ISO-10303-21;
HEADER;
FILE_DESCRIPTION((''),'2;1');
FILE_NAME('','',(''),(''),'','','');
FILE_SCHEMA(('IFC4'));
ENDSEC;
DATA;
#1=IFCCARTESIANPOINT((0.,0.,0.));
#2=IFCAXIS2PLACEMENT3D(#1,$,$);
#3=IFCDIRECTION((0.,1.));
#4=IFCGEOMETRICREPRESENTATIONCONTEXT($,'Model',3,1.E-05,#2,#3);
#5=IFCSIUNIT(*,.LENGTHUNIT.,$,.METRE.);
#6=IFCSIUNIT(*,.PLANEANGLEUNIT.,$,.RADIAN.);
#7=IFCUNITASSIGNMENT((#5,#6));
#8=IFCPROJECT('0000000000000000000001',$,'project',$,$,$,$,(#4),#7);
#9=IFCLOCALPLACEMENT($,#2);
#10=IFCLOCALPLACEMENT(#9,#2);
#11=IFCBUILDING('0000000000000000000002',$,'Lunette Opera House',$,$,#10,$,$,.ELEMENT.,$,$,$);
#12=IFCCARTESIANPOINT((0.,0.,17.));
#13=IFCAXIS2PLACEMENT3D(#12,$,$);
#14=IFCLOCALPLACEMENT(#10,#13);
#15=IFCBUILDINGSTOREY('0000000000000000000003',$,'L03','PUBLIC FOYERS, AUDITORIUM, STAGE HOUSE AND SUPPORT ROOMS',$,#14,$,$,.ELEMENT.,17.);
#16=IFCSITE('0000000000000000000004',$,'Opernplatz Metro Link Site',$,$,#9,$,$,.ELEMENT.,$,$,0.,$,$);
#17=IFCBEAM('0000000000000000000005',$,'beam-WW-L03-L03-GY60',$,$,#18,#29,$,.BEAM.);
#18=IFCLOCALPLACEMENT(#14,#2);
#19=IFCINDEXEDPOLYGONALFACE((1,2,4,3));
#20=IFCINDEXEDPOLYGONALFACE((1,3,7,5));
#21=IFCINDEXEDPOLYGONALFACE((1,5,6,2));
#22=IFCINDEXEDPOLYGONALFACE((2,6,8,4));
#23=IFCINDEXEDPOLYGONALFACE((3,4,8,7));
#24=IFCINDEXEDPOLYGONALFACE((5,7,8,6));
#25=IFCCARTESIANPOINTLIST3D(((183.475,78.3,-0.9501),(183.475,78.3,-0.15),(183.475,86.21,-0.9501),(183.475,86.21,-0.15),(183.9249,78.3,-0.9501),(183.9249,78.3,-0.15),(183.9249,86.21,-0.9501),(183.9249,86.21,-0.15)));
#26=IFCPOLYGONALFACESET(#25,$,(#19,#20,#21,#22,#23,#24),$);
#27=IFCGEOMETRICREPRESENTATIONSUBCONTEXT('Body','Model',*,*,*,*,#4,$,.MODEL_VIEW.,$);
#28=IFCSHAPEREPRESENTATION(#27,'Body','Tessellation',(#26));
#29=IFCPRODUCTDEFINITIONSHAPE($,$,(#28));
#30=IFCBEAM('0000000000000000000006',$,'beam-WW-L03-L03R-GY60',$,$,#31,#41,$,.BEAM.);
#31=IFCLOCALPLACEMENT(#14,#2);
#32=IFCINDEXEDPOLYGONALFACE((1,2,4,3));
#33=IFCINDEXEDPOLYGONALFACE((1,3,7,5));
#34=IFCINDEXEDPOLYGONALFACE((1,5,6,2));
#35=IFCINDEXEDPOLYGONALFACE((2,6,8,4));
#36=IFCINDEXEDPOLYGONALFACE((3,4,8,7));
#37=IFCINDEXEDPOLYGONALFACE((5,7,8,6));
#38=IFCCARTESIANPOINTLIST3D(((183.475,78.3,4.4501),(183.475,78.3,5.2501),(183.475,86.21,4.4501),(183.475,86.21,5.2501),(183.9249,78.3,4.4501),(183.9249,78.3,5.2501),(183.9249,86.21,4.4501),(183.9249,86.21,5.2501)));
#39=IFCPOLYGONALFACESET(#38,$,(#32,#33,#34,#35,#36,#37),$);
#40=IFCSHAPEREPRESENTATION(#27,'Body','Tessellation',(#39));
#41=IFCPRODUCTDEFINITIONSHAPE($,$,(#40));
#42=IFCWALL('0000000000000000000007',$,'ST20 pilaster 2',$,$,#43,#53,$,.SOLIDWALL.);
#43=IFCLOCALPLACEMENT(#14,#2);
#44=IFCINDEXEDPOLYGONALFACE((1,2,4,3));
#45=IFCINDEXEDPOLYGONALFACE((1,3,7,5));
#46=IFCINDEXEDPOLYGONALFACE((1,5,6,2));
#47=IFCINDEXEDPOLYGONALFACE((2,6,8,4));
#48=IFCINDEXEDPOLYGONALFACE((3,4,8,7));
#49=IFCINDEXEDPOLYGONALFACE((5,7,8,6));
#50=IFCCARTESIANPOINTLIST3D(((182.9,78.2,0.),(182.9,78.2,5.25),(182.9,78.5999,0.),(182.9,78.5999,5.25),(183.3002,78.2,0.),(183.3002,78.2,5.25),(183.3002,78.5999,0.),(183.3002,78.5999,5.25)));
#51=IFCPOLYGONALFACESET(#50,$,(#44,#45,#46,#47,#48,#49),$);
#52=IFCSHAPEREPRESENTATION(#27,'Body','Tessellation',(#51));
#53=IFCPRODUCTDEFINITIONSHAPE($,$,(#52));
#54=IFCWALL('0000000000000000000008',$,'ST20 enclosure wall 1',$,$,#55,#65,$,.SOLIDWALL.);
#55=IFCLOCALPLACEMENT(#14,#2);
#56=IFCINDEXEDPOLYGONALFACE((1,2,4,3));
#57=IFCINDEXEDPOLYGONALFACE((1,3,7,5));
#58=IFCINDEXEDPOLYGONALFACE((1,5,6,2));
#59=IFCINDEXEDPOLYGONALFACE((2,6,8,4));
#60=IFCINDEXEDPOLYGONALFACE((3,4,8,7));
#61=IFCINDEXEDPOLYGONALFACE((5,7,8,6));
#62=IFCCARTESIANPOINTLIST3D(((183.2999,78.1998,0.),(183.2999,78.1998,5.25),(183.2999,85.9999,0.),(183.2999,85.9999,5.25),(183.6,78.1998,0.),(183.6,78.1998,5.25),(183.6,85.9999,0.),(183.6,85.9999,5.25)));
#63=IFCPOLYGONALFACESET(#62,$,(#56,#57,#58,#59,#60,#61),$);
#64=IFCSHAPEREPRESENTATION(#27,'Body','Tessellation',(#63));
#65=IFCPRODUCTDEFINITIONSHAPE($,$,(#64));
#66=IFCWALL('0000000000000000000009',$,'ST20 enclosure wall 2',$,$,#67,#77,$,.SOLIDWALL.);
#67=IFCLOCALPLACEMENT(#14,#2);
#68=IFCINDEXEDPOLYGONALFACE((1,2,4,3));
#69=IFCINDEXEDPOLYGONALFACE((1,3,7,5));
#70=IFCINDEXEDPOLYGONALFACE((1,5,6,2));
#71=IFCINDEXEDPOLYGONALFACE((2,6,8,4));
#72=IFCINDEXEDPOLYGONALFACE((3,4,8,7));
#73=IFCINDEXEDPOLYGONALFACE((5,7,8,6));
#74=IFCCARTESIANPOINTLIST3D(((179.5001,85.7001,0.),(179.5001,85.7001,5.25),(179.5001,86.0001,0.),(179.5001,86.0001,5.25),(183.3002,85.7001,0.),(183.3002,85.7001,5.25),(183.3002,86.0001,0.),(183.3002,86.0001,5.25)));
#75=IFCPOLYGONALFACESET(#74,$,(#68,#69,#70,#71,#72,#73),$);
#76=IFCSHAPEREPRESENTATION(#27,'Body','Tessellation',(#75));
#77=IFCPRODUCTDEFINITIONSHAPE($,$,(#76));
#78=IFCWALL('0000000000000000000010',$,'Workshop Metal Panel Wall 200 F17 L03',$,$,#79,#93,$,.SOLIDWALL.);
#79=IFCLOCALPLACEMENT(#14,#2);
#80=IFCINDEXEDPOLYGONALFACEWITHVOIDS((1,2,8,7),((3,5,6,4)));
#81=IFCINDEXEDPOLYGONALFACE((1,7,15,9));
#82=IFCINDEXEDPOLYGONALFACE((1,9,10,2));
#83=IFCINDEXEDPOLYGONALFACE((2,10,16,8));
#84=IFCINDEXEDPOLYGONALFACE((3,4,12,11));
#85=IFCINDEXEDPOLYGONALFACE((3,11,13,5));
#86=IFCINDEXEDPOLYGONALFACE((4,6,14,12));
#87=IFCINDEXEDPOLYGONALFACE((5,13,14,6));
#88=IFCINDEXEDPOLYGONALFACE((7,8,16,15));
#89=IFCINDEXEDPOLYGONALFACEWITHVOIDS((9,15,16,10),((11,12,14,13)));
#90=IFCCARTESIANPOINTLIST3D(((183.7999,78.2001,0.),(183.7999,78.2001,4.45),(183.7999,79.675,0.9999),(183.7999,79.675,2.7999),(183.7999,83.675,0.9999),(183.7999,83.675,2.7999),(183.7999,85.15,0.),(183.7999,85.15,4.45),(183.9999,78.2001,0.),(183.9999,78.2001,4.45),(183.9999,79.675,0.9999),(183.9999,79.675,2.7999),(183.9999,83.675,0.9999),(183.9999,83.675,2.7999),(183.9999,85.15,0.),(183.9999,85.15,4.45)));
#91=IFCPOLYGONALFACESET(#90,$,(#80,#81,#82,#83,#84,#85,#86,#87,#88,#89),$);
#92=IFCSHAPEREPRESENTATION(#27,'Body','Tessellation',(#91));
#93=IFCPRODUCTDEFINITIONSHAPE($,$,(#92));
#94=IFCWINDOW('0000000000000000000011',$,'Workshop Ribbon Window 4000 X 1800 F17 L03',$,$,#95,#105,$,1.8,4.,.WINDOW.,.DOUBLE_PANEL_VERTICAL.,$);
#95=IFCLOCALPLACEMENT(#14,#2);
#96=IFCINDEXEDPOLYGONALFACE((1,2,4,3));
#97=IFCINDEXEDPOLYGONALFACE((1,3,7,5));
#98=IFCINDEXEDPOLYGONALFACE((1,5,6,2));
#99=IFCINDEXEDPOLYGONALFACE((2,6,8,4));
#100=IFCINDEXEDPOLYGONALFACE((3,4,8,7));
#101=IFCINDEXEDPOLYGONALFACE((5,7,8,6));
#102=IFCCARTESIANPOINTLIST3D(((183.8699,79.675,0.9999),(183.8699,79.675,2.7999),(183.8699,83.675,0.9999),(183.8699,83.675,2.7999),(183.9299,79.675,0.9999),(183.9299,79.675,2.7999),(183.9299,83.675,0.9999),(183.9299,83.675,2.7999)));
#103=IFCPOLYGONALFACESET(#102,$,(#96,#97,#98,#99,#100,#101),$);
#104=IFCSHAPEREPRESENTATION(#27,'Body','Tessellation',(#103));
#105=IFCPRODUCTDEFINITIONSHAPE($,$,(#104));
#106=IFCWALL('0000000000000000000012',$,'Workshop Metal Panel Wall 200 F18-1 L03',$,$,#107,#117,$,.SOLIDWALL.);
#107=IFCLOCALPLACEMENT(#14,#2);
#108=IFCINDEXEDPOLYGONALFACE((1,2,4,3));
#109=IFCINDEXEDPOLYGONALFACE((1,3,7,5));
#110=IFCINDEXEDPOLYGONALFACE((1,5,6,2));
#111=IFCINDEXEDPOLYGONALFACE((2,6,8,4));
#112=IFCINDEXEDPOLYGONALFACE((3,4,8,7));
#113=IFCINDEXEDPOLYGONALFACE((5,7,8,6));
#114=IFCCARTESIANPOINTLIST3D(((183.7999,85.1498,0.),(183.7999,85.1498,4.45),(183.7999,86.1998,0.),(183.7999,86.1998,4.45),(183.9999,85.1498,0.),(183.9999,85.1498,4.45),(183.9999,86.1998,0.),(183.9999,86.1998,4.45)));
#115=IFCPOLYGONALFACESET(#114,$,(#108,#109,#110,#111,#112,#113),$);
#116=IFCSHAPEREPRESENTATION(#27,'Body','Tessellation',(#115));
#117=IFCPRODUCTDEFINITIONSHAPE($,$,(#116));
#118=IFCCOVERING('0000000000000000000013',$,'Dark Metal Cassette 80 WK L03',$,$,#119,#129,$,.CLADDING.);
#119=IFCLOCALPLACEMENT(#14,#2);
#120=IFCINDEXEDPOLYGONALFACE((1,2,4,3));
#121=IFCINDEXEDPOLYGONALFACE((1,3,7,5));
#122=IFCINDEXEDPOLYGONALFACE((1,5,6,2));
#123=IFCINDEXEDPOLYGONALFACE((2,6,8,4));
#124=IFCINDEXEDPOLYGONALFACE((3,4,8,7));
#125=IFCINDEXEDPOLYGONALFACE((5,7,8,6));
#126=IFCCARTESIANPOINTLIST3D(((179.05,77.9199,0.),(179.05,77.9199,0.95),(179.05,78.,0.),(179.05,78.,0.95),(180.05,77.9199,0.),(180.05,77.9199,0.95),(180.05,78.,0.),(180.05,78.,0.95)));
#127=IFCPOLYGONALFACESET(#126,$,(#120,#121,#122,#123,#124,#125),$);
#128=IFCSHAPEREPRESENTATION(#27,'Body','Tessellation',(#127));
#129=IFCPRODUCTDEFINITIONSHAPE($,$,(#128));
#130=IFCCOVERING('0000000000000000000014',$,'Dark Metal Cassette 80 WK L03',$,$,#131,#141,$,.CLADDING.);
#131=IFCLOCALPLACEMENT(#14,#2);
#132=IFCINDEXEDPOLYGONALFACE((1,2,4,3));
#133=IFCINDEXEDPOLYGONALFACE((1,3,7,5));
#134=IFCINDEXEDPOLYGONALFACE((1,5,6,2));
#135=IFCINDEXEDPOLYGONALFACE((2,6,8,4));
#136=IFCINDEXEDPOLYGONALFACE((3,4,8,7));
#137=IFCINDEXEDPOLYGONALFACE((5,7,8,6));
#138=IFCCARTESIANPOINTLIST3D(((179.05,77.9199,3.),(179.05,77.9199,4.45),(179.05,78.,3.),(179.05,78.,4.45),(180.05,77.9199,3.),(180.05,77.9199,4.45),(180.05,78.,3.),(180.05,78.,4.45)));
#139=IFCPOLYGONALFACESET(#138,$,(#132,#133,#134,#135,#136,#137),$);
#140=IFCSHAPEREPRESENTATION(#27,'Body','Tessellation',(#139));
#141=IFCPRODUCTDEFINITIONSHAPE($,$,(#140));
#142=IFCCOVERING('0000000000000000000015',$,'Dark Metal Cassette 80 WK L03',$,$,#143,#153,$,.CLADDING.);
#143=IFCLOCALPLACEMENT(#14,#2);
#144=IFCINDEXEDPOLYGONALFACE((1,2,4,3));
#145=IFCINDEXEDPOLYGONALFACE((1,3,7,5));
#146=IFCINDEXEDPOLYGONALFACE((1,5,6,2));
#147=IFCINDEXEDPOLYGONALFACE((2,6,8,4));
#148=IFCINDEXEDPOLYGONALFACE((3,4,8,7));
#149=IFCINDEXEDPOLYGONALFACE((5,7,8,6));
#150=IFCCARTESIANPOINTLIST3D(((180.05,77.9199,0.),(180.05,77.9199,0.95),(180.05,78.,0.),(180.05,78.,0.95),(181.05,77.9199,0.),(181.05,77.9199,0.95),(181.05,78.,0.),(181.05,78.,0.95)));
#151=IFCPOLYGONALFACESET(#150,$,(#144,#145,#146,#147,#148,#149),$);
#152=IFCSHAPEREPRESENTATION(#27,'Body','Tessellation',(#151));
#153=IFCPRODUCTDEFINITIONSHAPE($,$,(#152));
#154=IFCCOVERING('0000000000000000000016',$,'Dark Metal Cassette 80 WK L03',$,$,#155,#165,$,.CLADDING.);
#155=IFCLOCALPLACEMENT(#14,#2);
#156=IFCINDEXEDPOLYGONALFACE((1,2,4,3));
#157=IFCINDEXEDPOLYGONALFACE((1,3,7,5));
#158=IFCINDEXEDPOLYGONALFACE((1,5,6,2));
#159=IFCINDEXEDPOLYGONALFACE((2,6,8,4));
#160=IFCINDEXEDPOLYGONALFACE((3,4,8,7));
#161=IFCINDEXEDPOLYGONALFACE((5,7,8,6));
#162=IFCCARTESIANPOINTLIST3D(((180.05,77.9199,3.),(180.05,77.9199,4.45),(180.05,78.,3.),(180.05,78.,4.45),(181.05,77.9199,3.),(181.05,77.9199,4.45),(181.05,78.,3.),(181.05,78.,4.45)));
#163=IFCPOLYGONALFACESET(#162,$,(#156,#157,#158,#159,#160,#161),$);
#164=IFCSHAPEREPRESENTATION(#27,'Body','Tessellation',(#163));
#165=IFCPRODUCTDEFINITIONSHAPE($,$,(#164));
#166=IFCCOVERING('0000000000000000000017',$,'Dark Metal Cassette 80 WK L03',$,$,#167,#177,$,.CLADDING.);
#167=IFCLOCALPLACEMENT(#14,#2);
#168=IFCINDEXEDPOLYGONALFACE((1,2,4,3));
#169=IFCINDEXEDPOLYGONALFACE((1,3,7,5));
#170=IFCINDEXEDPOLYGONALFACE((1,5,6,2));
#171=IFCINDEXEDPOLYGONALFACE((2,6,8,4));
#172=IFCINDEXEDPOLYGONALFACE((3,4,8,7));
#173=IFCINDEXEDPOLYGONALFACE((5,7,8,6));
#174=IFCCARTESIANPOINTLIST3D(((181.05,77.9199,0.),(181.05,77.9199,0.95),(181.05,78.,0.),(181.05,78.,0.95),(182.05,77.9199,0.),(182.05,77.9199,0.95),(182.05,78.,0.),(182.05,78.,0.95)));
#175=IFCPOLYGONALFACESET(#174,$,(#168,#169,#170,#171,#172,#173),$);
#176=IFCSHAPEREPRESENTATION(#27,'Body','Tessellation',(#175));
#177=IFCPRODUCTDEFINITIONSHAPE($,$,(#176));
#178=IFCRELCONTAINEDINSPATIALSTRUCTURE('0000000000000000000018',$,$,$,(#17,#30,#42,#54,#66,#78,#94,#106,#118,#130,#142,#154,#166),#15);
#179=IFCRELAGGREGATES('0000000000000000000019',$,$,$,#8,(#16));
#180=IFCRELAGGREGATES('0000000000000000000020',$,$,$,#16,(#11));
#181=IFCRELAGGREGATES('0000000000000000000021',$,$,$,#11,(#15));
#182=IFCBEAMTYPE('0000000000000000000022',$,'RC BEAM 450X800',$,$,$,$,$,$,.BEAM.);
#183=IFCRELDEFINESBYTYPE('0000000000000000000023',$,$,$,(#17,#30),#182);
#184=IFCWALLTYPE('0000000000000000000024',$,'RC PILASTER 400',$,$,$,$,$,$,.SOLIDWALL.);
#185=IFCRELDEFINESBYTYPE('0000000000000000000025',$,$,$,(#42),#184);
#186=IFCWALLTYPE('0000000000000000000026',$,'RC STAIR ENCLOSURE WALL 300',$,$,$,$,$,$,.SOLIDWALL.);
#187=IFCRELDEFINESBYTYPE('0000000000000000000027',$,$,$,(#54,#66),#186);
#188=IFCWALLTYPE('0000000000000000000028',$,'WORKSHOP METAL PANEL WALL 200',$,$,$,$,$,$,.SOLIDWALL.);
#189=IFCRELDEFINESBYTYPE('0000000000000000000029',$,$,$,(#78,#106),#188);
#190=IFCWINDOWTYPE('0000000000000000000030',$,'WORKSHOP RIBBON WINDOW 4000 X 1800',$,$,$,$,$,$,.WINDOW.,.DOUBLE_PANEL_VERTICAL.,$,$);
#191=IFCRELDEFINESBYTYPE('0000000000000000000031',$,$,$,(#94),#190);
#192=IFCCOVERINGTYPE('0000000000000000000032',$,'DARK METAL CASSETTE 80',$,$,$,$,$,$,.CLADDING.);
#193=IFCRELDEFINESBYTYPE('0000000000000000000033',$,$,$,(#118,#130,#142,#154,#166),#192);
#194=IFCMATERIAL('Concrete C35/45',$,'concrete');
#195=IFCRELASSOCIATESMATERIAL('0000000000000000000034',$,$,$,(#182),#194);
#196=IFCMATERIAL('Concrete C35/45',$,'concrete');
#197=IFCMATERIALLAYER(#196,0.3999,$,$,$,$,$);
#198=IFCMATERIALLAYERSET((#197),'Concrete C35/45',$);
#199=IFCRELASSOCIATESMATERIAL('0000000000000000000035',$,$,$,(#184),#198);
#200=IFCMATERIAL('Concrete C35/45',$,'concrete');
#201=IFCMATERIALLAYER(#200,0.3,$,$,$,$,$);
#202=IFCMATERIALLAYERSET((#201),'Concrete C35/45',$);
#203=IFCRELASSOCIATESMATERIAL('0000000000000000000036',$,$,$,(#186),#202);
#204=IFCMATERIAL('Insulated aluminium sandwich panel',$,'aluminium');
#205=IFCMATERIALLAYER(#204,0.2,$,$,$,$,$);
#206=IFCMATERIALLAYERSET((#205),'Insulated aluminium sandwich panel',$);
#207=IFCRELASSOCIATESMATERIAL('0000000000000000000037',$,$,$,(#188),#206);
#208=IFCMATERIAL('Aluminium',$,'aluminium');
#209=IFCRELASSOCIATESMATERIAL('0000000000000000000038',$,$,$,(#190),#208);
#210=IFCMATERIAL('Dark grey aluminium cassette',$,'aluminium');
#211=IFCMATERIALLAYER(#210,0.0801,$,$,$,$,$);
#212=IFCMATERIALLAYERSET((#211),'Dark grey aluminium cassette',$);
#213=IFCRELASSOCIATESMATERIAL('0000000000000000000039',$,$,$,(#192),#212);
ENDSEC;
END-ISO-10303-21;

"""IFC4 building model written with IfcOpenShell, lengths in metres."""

from ifc_helpers import new_model, si_unit, direction, frame, frame_2d, origin, origin_2d, place, context, subcontext, project, spatial, rectangle, extrude, material, layer, layer_set, material_profile, profile_set, type_object, element, fill, save


model = new_model("IFC4")

# Units and contexts
model_context = context("Model", 3, precision=1e-05, world=origin(), true_north=direction((0.0, 1.0)))
body_context = subcontext(model_context, "Body", "Model", "MODEL_VIEW")
ifc_project = project(units=[si_unit("LENGTHUNIT", "METRE"), si_unit("PLANEANGLEUNIT", "RADIAN")], contexts=[model_context])

# Site, building, storey
site_placement = place(None, origin())
site = spatial("IfcSite", under=ifc_project, at=site_placement, Name="Opernplatz Metro Link Site", CompositionType="ELEMENT", RefElevation=0.0)
building_placement = place(site_placement, origin())
building = spatial("IfcBuilding", under=site, at=building_placement, Name="Lunette Opera House", CompositionType="ELEMENT")
storey_placement = place(building_placement, frame((0.0, 0.0, 17.0)))
storey = spatial("IfcBuildingStorey", under=building, at=storey_placement, Name="L03", Description="PUBLIC FOYERS, AUDITORIUM, STAGE HOUSE AND SUPPORT ROOMS", CompositionType="ELEMENT", Elevation=17.0)

# Beams
ifc_material_1 = material(Name="Concrete C35/45", Category="concrete")
ifc_material_profile = material_profile(ifc_material_1, rectangle(XDim=0.45, YDim=0.8, at=origin_2d()), Name="RC BEAM 450X800")
ifc_profile_set = profile_set([ifc_material_profile], Name="Concrete C35/45")
beam_type = type_object("IfcBeamType", Name="RC BEAM 450X800", PredefinedType="BEAM", material=ifc_profile_set)
for number, where, z_axis, x_axis, name in (
    (1, (183.7, 78.3, -0.55), (0.0, 1.0, 0.0), (-1.0, 0.0, 0.0), "beam-WW-L03-L03-GY60"),
    (2, (183.7, 78.3, 4.8501), (0.0, 1.0, 0.0), (-1.0, 0.0, 0.0), "beam-WW-L03-L03R-GY60"),
):
    element("IfcBeam", number, at=place(storey_placement, frame(where, z_axis=z_axis, x_axis=x_axis)), inside=storey, type_object=beam_type, Name=name, PredefinedType="BEAM", context=body_context, shape_type="SweptSolid", body=[
        extrude(rectangle(XDim=0.45, YDim=0.8, at=origin_2d()), origin(), (0.0, 0.0, 1.0), 7.9099),
    ])

# Walls
ifc_material_2 = material(Name="Concrete C35/45", Category="concrete")
ifc_layer_1 = layer(ifc_material_2, 0.3999)
ifc_layer_set_1 = layer_set([ifc_layer_1], Name="Concrete C35/45")
wall_type_1 = type_object("IfcWallType", Name="RC PILASTER 400", PredefinedType="SOLIDWALL", material=ifc_layer_set_1)
wall_1_placement = place(storey_placement, frame((182.8999, 78.3999, 0.0), z_axis=(0.0, 0.0, 1.0), x_axis=(1.0, 0.0, 0.0)))
element("IfcWall", 3, at=wall_1_placement, inside=storey, type_object=wall_type_1, Name="ST20 pilaster 2", PredefinedType="SOLIDWALL", context=body_context, shape_type="SweptSolid", body=[
    extrude(rectangle(XDim=0.4001, YDim=0.3999, at=frame_2d((0.2002, 0.0))), origin(), (0.0, 0.0, 1.0), 5.25),
])
ifc_material_3 = material(Name="Concrete C35/45", Category="concrete")
ifc_layer_2 = layer(ifc_material_3, 0.3)
ifc_layer_set_2 = layer_set([ifc_layer_2], Name="Concrete C35/45")
wall_type_2 = type_object("IfcWallType", Name="RC STAIR ENCLOSURE WALL 300", PredefinedType="SOLIDWALL", material=ifc_layer_set_2)
wall_2_placement = place(storey_placement, frame((183.45, 78.2, 0.0), z_axis=(0.0, 0.0, 1.0), x_axis=(0.0, 1.0, 0.0)))
element("IfcWall", 4, at=wall_2_placement, inside=storey, type_object=wall_type_2, Name="ST20 enclosure wall 1", PredefinedType="SOLIDWALL", context=body_context, shape_type="SweptSolid", body=[
    extrude(rectangle(XDim=7.8, YDim=0.3, at=frame_2d((3.8999, 0.0))), origin(), (0.0, 0.0, 1.0), 5.25),
])
wall_3_placement = place(storey_placement, frame((183.3, 85.8501, 0.0), z_axis=(0.0, 0.0, 1.0), x_axis=(-1.0, 0.0, 0.0)))
element("IfcWall", 5, at=wall_3_placement, inside=storey, type_object=wall_type_2, Name="ST20 enclosure wall 2", PredefinedType="SOLIDWALL", context=body_context, shape_type="SweptSolid", body=[
    extrude(rectangle(XDim=3.8, YDim=0.3, at=frame_2d((1.8999, 0.0))), origin(), (0.0, 0.0, 1.0), 5.25),
])

# Wall, opening, window
ifc_material_4 = material(Name="Insulated aluminium sandwich panel", Category="aluminium")
ifc_layer_3 = layer(ifc_material_4, 0.2)
ifc_layer_set_3 = layer_set([ifc_layer_3], Name="Insulated aluminium sandwich panel")
wall_type_3 = type_object("IfcWallType", Name="WORKSHOP METAL PANEL WALL 200", PredefinedType="SOLIDWALL", material=ifc_layer_set_3)
wall_4_placement = place(storey_placement, frame((183.8999, 78.2, 0.0), z_axis=(0.0, 0.0, 1.0), x_axis=(0.0, 1.0, 0.0)))
wall_4 = element("IfcWall", 6, at=wall_4_placement, inside=storey, type_object=wall_type_3, Name="Workshop Metal Panel Wall 200 F17 L03", PredefinedType="SOLIDWALL", context=body_context, shape_type="SweptSolid", body=[
    extrude(rectangle(XDim=6.95, YDim=0.2, at=frame_2d((3.4751, 0.0))), origin(), (0.0, 0.0, 1.0), 4.45),
])
opening_placement = place(wall_4_placement, frame((1.4751, 0.0, 1.0)))
opening = element("IfcOpeningElement", 7, at=opening_placement, cuts=wall_4, PredefinedType="OPENING", context=body_context, shape_type="SweptSolid", body=[
    extrude(rectangle(XDim=4.0, YDim=1.8, at=frame_2d((2.0, 0.8999))), frame((0.0, 0.1121, 0.0), z_axis=(0.0, -1.0, 0.0), x_axis=(1.0, 0.0, 0.0)), (0.0, 0.0, 1.0), 0.2239),
])
ifc_material_5 = material(Name="Aluminium", Category="aluminium")
window_type = type_object("IfcWindowType", Name="WORKSHOP RIBBON WINDOW 4000 X 1800", PartitioningType="DOUBLE_PANEL_VERTICAL", PredefinedType="WINDOW", material=ifc_material_5)
window_placement = place(opening_placement, origin())
window = element("IfcWindow", 8, at=window_placement, inside=storey, type_object=window_type, Name="Workshop Ribbon Window 4000 X 1800 F17 L03", OverallHeight=1.8, OverallWidth=4.0, PartitioningType="DOUBLE_PANEL_VERTICAL", PredefinedType="WINDOW", context=body_context, shape_type="SweptSolid", body=[
    extrude(rectangle(XDim=4.0, YDim=1.8, at=frame_2d((2.0, 0.8999))), frame((0.0, 0.03, 0.0), z_axis=(0.0, -1.0, 0.0), x_axis=(1.0, 0.0, 0.0)), (0.0, 0.0, 1.0), 0.0601),
])
fill(opening, window)

# Wall
wall_5_placement = place(storey_placement, frame((183.8999, 85.1499, 0.0), z_axis=(0.0, 0.0, 1.0), x_axis=(0.0, 1.0, 0.0)))
element("IfcWall", 9, at=wall_5_placement, inside=storey, type_object=wall_type_3, Name="Workshop Metal Panel Wall 200 F18-1 L03", PredefinedType="SOLIDWALL", context=body_context, shape_type="SweptSolid", body=[
    extrude(rectangle(XDim=1.05, YDim=0.2, at=frame_2d((0.5249, 0.0))), origin(), (0.0, 0.0, 1.0), 4.45),
])

# Coverings
ifc_material_6 = material(Name="Dark grey aluminium cassette", Category="aluminium")
ifc_layer_4 = layer(ifc_material_6, 0.0801)
ifc_layer_set_4 = layer_set([ifc_layer_4], Name="Dark grey aluminium cassette")
covering_type = type_object("IfcCoveringType", Name="DARK METAL CASSETTE 80", PredefinedType="CLADDING", material=ifc_layer_set_4)
covering_1_placement = place(storey_placement, frame((179.55, 77.96, 0.0), z_axis=(0.0, 0.0, 1.0), x_axis=(1.0, 0.0, 0.0)))
element("IfcCovering", 10, at=covering_1_placement, inside=storey, type_object=covering_type, Name="Dark Metal Cassette 80 WK L03", PredefinedType="CLADDING", context=body_context, shape_type="SweptSolid", body=[
    extrude(rectangle(XDim=1.0, YDim=0.0801, at=origin_2d()), origin(), (0.0, 0.0, 1.0), 0.95),
])
covering_2_placement = place(storey_placement, frame((179.55, 77.96, 3.0), z_axis=(0.0, 0.0, 1.0), x_axis=(1.0, 0.0, 0.0)))
element("IfcCovering", 11, at=covering_2_placement, inside=storey, type_object=covering_type, Name="Dark Metal Cassette 80 WK L03", PredefinedType="CLADDING", context=body_context, shape_type="SweptSolid", body=[
    extrude(rectangle(XDim=1.0, YDim=0.0801, at=origin_2d()), origin(), (0.0, 0.0, 1.0), 1.45),
])
covering_3_placement = place(storey_placement, frame((180.55, 77.96, 0.0), z_axis=(0.0, 0.0, 1.0), x_axis=(1.0, 0.0, 0.0)))
element("IfcCovering", 12, at=covering_3_placement, inside=storey, type_object=covering_type, Name="Dark Metal Cassette 80 WK L03", PredefinedType="CLADDING", context=body_context, shape_type="SweptSolid", body=[
    extrude(rectangle(XDim=1.0, YDim=0.0801, at=origin_2d()), origin(), (0.0, 0.0, 1.0), 0.95),
])
covering_4_placement = place(storey_placement, frame((180.55, 77.96, 3.0), z_axis=(0.0, 0.0, 1.0), x_axis=(1.0, 0.0, 0.0)))
element("IfcCovering", 13, at=covering_4_placement, inside=storey, type_object=covering_type, Name="Dark Metal Cassette 80 WK L03", PredefinedType="CLADDING", context=body_context, shape_type="SweptSolid", body=[
    extrude(rectangle(XDim=1.0, YDim=0.0801, at=origin_2d()), origin(), (0.0, 0.0, 1.0), 1.45),
])
covering_5_placement = place(storey_placement, frame((181.55, 77.96, 0.0), z_axis=(0.0, 0.0, 1.0), x_axis=(1.0, 0.0, 0.0)))
element("IfcCovering", 14, at=covering_5_placement, inside=storey, type_object=covering_type, Name="Dark Metal Cassette 80 WK L03", PredefinedType="CLADDING", context=body_context, shape_type="SweptSolid", body=[
    extrude(rectangle(XDim=1.0, YDim=0.0801, at=origin_2d()), origin(), (0.0, 0.0, 1.0), 0.95),
])

save(model, "model.ifc")
